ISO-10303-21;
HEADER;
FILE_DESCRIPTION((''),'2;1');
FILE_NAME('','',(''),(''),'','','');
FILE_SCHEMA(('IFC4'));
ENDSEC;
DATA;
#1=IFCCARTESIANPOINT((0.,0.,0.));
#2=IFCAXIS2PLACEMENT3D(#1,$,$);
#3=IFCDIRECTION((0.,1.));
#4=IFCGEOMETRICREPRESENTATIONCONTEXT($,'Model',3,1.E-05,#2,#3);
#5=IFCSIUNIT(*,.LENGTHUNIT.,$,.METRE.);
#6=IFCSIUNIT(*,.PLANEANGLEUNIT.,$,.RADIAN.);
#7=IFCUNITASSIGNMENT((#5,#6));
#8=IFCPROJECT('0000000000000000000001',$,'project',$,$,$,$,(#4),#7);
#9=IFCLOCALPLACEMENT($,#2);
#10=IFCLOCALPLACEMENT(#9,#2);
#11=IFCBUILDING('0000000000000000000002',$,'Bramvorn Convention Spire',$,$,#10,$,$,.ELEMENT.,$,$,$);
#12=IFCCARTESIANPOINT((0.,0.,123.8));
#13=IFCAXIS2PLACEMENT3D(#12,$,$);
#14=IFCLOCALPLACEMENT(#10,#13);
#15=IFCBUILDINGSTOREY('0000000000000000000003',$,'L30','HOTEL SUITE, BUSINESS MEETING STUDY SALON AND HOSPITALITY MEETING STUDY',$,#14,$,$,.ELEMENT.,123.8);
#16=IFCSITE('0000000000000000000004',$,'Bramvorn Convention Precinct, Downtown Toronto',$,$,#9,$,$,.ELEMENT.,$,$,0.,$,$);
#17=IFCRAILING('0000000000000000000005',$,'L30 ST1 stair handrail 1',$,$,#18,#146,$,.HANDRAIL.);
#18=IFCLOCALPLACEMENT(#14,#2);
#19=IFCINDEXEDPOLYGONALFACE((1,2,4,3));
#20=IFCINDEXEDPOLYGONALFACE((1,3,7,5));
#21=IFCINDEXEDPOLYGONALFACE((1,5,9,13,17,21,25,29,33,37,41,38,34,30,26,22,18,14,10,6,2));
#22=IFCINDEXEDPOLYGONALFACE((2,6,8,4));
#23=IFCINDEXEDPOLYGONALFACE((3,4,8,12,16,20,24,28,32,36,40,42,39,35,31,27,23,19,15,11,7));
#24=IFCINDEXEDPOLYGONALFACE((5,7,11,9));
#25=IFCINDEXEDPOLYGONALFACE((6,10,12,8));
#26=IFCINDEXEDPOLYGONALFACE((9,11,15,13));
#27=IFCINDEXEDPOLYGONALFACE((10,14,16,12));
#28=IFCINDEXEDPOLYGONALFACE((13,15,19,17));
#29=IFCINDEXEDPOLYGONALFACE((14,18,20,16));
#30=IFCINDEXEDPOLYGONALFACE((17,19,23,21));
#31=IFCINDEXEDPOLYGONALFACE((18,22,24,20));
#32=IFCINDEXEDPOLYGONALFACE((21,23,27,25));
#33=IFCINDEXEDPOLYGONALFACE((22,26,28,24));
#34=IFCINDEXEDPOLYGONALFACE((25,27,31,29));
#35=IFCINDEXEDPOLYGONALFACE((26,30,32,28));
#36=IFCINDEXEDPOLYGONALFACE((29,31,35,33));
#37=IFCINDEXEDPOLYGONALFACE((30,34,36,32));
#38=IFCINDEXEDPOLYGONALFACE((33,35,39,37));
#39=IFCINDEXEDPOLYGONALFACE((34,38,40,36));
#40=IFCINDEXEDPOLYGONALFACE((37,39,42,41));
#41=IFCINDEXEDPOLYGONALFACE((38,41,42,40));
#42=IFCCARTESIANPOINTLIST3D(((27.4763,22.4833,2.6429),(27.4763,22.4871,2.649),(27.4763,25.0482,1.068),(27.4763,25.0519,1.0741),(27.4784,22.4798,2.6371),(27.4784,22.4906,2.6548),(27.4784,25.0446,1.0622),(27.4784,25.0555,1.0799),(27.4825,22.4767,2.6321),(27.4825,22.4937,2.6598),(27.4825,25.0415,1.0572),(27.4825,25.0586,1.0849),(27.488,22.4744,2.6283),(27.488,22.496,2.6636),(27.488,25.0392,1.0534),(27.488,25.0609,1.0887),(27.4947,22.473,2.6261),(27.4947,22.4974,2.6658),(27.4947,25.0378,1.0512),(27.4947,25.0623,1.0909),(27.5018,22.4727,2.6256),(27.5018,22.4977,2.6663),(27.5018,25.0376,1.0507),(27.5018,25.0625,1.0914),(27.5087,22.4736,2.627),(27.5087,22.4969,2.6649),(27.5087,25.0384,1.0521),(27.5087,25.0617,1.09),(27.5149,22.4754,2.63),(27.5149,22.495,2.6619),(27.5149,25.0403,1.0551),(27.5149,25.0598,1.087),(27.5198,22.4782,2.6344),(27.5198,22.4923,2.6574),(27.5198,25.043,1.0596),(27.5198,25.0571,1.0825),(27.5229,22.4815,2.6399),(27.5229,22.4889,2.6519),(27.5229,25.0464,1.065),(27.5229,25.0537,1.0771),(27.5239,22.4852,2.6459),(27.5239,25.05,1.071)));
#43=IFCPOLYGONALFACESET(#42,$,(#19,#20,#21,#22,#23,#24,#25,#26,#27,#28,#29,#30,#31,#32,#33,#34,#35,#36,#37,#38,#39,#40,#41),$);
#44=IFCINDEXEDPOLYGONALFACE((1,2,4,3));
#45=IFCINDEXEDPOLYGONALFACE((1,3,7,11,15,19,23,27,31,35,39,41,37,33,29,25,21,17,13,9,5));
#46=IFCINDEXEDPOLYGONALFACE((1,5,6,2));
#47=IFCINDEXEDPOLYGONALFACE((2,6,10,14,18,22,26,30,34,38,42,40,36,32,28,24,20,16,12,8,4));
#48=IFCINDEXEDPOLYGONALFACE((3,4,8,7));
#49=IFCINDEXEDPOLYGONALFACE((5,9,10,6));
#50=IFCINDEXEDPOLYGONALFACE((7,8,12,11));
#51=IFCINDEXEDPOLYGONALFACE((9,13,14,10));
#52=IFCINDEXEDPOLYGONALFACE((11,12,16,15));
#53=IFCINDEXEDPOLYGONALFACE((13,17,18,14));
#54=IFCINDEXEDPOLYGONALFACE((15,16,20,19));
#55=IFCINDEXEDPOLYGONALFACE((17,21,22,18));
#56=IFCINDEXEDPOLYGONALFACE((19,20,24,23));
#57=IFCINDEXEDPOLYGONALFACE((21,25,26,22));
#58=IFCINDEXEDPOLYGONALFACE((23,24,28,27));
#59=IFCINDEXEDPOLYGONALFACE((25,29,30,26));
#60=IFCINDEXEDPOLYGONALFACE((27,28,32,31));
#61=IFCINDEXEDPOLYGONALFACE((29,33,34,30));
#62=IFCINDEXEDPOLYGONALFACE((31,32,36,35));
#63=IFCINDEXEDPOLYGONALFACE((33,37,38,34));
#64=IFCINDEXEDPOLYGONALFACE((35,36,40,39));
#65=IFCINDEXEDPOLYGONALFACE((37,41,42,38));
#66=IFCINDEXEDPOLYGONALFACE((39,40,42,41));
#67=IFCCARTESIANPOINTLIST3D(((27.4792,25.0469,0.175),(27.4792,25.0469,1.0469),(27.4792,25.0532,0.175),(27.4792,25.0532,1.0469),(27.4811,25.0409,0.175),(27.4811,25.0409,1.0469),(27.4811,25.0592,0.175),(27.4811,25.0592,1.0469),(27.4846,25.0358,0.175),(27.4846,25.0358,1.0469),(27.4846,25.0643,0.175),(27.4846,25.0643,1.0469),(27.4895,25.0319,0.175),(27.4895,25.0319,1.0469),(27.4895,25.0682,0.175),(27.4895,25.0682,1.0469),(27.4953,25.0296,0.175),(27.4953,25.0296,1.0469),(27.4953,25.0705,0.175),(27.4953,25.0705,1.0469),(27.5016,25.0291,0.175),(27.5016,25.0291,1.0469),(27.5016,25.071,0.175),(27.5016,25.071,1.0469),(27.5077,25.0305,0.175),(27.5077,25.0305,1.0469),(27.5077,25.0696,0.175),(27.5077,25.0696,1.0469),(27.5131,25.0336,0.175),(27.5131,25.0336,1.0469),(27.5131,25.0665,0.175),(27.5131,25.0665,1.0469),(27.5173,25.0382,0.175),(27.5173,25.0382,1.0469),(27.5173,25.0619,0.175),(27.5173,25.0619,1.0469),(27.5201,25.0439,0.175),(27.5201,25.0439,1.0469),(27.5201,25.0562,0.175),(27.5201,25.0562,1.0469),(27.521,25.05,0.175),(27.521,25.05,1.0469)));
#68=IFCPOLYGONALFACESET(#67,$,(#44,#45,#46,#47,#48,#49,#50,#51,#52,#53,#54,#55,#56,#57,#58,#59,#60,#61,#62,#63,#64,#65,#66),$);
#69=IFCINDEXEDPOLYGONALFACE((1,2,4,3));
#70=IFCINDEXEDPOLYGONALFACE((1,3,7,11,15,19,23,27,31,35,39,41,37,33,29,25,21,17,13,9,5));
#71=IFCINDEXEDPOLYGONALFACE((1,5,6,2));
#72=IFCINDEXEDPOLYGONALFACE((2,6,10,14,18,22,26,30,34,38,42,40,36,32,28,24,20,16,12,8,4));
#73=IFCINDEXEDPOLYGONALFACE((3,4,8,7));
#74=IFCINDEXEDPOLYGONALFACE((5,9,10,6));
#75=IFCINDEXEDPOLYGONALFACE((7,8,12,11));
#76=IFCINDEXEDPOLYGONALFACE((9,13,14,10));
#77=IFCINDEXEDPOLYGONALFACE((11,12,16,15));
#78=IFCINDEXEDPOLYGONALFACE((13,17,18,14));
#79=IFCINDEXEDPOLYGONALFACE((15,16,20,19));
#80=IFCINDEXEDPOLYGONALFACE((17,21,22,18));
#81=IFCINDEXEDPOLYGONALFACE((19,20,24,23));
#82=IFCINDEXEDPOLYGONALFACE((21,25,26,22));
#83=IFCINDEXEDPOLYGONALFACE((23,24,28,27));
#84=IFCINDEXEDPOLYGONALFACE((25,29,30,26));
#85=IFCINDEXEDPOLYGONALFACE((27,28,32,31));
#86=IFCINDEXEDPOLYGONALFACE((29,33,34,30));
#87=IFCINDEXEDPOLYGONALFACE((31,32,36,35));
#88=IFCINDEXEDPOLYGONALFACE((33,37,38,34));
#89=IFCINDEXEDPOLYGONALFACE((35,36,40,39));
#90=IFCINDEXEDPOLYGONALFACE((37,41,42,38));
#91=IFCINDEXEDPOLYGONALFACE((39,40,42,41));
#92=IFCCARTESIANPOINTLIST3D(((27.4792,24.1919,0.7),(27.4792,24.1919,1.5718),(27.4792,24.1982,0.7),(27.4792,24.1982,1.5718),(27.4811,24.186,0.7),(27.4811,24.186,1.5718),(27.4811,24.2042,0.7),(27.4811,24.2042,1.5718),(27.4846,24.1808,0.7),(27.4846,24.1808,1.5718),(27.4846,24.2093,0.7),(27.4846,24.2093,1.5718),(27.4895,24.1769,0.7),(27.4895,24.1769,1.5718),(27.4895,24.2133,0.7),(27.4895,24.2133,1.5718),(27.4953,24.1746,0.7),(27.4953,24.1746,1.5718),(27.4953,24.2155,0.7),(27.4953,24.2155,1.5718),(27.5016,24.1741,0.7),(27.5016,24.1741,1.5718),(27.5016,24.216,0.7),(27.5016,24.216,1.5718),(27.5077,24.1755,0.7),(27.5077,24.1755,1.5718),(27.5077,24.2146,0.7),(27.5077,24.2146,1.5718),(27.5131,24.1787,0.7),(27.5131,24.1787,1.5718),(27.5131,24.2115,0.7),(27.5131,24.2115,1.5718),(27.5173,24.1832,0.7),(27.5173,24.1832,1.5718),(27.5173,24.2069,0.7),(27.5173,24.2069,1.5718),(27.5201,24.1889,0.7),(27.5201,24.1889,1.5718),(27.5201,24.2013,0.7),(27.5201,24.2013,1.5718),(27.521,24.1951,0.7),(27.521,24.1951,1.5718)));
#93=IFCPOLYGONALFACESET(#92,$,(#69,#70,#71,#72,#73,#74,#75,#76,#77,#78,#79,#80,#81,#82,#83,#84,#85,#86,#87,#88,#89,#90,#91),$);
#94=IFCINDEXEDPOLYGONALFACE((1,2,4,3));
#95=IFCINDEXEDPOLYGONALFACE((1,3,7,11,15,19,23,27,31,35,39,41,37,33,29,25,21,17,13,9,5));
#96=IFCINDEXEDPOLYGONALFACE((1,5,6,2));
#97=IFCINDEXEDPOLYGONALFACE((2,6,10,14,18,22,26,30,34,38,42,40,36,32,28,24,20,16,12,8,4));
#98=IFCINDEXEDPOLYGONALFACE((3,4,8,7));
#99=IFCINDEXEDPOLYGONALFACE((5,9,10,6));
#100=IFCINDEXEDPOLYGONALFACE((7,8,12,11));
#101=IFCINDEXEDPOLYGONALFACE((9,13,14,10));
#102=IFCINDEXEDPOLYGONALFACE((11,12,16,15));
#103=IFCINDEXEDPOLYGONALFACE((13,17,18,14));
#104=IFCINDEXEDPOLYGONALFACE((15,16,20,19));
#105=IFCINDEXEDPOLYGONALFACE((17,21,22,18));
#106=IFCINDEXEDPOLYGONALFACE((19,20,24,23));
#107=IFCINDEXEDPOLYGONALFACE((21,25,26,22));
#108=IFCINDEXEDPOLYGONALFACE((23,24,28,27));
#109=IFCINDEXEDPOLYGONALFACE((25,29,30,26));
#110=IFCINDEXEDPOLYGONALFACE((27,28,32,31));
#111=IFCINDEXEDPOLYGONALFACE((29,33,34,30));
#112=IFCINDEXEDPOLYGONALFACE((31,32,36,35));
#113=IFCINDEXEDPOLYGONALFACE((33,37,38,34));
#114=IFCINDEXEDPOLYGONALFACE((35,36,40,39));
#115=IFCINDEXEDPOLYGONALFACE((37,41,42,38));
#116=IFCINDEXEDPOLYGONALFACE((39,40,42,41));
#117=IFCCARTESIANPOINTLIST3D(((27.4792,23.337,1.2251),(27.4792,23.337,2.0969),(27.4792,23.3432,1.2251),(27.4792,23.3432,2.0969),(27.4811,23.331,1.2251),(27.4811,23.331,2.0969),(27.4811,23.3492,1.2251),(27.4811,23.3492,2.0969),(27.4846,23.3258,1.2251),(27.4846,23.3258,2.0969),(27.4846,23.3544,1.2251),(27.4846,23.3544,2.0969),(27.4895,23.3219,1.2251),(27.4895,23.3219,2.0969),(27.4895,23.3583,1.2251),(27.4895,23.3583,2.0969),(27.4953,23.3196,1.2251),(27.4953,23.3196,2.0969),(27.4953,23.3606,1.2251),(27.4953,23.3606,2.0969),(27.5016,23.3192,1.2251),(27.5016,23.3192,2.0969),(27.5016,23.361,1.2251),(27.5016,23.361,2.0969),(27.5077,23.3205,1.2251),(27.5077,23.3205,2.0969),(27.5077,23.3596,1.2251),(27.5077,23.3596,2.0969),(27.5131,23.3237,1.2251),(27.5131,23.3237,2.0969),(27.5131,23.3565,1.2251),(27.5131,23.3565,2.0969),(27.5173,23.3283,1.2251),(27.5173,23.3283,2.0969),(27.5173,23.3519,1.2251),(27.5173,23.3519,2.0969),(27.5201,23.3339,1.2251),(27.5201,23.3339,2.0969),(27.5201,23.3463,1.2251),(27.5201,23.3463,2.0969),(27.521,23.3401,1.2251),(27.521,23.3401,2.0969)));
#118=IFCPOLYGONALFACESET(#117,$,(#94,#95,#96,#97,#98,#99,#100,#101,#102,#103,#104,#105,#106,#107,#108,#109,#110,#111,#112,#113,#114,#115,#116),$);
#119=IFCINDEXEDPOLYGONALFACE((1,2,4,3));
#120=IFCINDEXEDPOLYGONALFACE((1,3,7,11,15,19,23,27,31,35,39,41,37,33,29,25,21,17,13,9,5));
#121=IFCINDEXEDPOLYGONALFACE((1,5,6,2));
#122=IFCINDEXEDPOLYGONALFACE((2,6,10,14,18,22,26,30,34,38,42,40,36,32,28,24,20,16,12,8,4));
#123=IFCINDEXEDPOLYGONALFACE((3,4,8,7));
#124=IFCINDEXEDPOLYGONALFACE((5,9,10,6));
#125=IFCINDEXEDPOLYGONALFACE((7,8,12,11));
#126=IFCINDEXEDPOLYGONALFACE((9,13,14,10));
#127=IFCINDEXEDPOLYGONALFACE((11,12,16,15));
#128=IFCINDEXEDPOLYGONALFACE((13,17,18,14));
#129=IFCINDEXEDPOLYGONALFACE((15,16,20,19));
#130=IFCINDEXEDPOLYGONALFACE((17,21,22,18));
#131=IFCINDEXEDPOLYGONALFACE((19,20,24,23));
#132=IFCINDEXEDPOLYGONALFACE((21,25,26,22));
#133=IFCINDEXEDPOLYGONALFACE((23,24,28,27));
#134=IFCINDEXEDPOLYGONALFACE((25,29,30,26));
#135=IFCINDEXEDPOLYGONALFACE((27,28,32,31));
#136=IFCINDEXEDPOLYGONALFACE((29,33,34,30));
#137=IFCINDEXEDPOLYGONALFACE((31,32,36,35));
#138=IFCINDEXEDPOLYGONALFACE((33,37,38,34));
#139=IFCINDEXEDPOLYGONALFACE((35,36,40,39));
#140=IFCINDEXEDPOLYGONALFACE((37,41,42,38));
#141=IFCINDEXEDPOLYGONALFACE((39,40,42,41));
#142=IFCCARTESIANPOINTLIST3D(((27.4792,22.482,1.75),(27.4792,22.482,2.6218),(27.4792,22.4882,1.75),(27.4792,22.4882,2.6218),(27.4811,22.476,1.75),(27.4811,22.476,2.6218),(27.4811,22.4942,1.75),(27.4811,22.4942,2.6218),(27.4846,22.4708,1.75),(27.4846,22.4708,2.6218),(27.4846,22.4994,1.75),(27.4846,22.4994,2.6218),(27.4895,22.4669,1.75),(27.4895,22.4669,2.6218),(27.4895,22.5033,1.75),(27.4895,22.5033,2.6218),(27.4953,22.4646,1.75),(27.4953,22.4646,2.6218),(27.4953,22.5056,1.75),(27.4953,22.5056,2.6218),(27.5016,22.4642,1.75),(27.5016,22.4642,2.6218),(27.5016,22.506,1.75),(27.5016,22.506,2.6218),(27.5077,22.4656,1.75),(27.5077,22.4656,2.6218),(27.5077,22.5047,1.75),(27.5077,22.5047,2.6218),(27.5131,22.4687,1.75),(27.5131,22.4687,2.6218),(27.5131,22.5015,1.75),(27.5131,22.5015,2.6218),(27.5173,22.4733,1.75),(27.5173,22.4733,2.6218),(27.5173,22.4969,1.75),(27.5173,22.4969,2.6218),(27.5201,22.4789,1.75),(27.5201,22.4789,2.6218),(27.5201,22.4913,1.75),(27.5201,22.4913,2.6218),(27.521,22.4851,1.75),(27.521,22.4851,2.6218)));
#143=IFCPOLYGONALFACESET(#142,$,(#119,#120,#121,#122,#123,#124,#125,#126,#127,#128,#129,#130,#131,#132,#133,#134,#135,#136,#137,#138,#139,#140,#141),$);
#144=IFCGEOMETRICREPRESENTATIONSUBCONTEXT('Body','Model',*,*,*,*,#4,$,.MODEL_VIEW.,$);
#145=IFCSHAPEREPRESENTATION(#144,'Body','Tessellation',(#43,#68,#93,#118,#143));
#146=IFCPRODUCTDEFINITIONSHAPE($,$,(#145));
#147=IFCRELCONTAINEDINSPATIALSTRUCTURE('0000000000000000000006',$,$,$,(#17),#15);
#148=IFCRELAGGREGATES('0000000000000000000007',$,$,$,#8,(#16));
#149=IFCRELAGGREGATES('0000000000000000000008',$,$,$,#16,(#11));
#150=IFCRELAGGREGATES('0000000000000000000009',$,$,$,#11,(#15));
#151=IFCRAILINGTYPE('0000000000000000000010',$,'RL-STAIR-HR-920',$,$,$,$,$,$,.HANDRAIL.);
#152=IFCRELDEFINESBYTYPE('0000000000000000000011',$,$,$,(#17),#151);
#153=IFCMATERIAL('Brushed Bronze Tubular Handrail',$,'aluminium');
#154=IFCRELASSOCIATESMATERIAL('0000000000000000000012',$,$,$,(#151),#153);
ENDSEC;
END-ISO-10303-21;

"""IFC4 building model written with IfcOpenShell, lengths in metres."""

from ifc_helpers import new_model, si_unit, direction, frame, origin, origin_2d, place, context, subcontext, project, spatial, circle, extrude, material, type_object, element, save


model = new_model("IFC4")

# Units and contexts
model_context = context("Model", 3, precision=1e-05, world=origin(), true_north=direction((0.0, 1.0)))
body_context = subcontext(model_context, "Body", "Model", "MODEL_VIEW")
ifc_project = project(units=[si_unit("LENGTHUNIT", "METRE"), si_unit("PLANEANGLEUNIT", "RADIAN")], contexts=[model_context])

# Site, building, storey
site_placement = place(None, origin())
site = spatial("IfcSite", under=ifc_project, at=site_placement, Name="Bramvorn Convention Precinct, Downtown Toronto", CompositionType="ELEMENT", RefElevation=0.0)
building_placement = place(site_placement, origin())
building = spatial("IfcBuilding", under=site, at=building_placement, Name="Bramvorn Convention Spire", CompositionType="ELEMENT")
storey_placement = place(building_placement, frame((0.0, 0.0, 123.8)))
storey = spatial("IfcBuildingStorey", under=building, at=storey_placement, Name="L30", Description="HOTEL SUITE, BUSINESS MEETING STUDY SALON AND HOSPITALITY MEETING STUDY", CompositionType="ELEMENT", Elevation=123.8)

# Railing
ifc_material_1 = material(Name="Brushed Bronze Tubular Handrail", Category="aluminium")
railing_type_1 = type_object("IfcRailingType", Name="RL-STAIR-HR-920", PredefinedType="HANDRAIL", material=ifc_material_1)
railing_1_placement = place(storey_placement, frame((27.5, 25.05, 0.175)))
element("IfcRailing", 1, at=railing_1_placement, inside=storey, type_object=railing_type_1, Name="L30 ST1 stair handrail 1", PredefinedType="HANDRAIL", context=body_context, shape_type="SweptSolid", body=[
    extrude(circle(Radius=0.0239, at=origin_2d()), frame((0.0, 0.0, 0.896), z_axis=(0.0, -0.852173, 0.52326), x_axis=(1.0, 0.0, 0.0)), (0.0, 0.0, 1.0), 3.0098),
    extrude(circle(Radius=0.021, at=origin_2d()), origin(), (0.0, 0.0, 1.0), 0.8718),
    extrude(circle(Radius=0.021, at=origin_2d()), frame((0.0, -0.855, 0.5249)), (0.0, 0.0, 1.0), 0.8718),
    extrude(circle(Radius=0.021, at=origin_2d()), frame((0.0, -1.71, 1.05)), (0.0, 0.0, 1.0), 0.8718),
    extrude(circle(Radius=0.021, at=origin_2d()), frame((0.0, -2.5649, 1.575)), (0.0, 0.0, 1.0), 0.8718),
])

save(model, "model.ifc")
